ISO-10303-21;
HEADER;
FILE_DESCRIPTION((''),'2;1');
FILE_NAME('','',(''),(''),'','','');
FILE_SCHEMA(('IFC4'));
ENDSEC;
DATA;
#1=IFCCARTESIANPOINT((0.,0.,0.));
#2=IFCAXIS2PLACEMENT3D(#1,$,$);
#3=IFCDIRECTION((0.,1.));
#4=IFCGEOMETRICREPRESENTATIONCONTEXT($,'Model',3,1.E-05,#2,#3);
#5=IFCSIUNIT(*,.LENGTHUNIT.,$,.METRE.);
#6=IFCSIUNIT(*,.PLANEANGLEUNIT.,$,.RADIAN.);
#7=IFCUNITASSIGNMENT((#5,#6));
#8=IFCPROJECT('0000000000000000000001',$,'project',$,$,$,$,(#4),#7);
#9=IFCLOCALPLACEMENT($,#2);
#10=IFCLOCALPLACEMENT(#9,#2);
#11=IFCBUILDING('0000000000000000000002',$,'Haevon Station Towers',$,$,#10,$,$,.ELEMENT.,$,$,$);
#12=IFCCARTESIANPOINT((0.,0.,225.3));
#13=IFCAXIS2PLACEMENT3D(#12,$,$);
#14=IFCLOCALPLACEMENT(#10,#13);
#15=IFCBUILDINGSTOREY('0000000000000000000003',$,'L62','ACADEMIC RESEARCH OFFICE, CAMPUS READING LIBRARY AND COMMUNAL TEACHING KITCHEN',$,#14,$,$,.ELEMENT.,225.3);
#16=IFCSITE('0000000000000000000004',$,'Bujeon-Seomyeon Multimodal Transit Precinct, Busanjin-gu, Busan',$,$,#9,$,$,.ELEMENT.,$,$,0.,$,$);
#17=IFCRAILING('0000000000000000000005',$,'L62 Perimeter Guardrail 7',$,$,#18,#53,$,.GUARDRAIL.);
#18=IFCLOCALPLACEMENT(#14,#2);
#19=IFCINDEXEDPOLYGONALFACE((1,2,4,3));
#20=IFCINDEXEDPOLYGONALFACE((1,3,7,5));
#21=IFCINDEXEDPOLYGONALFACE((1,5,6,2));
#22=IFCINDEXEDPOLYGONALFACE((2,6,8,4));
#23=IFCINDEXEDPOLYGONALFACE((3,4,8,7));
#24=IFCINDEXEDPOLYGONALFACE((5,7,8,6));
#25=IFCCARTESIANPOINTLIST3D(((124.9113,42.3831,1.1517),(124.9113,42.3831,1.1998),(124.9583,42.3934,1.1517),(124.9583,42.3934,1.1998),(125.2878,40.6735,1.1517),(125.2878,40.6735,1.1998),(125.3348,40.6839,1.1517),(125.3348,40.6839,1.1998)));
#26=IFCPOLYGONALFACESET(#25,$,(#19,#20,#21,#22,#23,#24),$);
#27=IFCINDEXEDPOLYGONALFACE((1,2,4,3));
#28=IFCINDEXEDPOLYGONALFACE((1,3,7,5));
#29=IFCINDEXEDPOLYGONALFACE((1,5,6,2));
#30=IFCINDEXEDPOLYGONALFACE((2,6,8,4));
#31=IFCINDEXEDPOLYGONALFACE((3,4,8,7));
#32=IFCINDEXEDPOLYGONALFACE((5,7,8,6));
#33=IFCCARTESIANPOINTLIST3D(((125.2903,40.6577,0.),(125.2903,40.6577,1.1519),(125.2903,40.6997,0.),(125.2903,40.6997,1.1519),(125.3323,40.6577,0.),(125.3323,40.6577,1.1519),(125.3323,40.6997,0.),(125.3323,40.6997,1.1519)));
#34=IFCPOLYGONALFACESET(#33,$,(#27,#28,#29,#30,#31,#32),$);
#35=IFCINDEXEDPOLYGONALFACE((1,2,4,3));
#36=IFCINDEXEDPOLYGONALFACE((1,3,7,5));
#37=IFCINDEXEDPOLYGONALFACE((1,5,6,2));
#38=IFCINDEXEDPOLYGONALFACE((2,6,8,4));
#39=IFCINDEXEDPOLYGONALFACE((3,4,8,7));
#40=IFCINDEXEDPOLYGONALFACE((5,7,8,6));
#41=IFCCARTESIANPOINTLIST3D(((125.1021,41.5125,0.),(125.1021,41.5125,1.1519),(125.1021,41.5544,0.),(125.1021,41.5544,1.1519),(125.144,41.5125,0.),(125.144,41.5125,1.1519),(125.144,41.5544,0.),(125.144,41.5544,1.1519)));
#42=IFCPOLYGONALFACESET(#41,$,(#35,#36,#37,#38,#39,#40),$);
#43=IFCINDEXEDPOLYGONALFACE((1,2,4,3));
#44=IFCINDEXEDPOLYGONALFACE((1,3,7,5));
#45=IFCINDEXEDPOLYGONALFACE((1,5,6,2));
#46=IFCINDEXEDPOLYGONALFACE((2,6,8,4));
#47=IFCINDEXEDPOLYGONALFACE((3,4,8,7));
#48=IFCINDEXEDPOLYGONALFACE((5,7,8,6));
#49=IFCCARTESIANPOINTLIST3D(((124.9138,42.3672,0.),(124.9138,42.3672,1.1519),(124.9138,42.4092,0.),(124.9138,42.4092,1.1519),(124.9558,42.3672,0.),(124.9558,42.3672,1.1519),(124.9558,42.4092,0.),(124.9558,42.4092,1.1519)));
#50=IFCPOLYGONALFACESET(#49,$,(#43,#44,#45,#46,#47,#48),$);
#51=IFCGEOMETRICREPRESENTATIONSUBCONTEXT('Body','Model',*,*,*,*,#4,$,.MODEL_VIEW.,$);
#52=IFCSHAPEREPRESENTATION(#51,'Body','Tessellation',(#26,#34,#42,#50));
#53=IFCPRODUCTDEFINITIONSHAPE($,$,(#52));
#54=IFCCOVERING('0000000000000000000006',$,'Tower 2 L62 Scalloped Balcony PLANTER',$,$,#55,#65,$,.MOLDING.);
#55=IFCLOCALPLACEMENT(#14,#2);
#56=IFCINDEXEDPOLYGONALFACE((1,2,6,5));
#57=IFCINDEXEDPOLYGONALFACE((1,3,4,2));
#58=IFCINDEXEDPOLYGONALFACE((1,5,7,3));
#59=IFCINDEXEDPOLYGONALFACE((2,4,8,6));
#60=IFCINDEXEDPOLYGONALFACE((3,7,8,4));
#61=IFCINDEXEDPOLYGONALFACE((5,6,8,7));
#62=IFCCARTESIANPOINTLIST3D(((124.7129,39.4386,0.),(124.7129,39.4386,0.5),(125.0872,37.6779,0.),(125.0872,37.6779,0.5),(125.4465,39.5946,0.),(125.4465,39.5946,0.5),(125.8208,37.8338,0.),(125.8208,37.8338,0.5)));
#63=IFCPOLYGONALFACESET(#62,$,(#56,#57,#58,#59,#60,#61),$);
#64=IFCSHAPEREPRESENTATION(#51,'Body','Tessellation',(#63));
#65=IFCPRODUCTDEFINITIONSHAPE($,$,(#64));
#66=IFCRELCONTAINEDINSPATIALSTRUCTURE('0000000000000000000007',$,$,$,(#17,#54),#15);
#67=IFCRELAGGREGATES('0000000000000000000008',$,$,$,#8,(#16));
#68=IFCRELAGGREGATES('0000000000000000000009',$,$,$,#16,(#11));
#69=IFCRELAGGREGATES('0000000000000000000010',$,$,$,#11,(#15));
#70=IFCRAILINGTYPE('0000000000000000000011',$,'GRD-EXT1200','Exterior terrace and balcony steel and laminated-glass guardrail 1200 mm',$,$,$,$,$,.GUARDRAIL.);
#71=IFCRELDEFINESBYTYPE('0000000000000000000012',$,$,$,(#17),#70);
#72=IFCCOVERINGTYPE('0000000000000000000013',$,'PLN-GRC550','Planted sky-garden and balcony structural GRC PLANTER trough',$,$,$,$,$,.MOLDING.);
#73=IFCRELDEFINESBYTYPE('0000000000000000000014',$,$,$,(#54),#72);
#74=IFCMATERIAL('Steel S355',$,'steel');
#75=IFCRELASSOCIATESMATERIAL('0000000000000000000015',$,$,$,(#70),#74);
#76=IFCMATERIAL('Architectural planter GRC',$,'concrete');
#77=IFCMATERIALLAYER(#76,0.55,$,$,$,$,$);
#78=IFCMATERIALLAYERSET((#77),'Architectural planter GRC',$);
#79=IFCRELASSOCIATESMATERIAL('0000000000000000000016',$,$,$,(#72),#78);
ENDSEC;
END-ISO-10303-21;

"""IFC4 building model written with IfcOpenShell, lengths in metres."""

from ifc_helpers import new_model, si_unit, direction, frame, origin, origin_2d, place, context, subcontext, project, spatial, rectangle, extrude, material, layer, layer_set, type_object, element, save


model = new_model("IFC4")

# Units and contexts
model_context = context("Model", 3, precision=1e-05, world=origin(), true_north=direction((0.0, 1.0)))
body_context = subcontext(model_context, "Body", "Model", "MODEL_VIEW")
ifc_project = project(units=[si_unit("LENGTHUNIT", "METRE"), si_unit("PLANEANGLEUNIT", "RADIAN")], contexts=[model_context])

# Site, building, storey
site_placement = place(None, origin())
site = spatial("IfcSite", under=ifc_project, at=site_placement, Name="Bujeon-Seomyeon Multimodal Transit Precinct, Busanjin-gu, Busan", CompositionType="ELEMENT", RefElevation=0.0)
building_placement = place(site_placement, origin())
building = spatial("IfcBuilding", under=site, at=building_placement, Name="Haevon Station Towers", CompositionType="ELEMENT")
storey_placement = place(building_placement, frame((0.0, 0.0, 225.3)))
storey = spatial("IfcBuildingStorey", under=building, at=storey_placement, Name="L62", Description="ACADEMIC RESEARCH OFFICE, CAMPUS READING LIBRARY AND COMMUNAL TEACHING KITCHEN", CompositionType="ELEMENT", Elevation=225.3)

# Shared definitions
ifc_material_1 = material(Name="Steel S355", Category="steel")

# Railing
railing_type = type_object("IfcRailingType", Name="GRD-EXT1200", Description="Exterior terrace and balcony steel and laminated-glass guardrail 1200 mm", PredefinedType="GUARDRAIL", material=ifc_material_1)
railing_1_placement = place(storey_placement, frame((125.3113, 40.6787, 0.0)))
element("IfcRailing", 1, at=railing_1_placement, inside=storey, type_object=railing_type, Name="L62 Perimeter Guardrail 7", PredefinedType="GUARDRAIL", context=body_context, shape_type="SweptSolid", body=[
    extrude(rectangle(XDim=0.0481, YDim=0.0481, at=origin_2d()), frame((0.0, 0.0, 1.1758), z_axis=(-0.215069, 0.976599, 0.0), x_axis=(-0.976599, -0.215069, 0.0)), (0.0, 0.0, 1.0), 1.7505),
    extrude(rectangle(XDim=0.042, YDim=0.042, at=origin_2d()), origin(), (0.0, 0.0, 1.0), 1.1519),
    extrude(rectangle(XDim=0.042, YDim=0.042, at=origin_2d()), frame((-0.1882, 0.8547, 0.0)), (0.0, 0.0, 1.0), 1.1519),
    extrude(rectangle(XDim=0.042, YDim=0.042, at=origin_2d()), frame((-0.3765, 1.7095, 0.0)), (0.0, 0.0, 1.0), 1.1519),
])

# Covering
ifc_material_2 = material(Name="Architectural planter GRC", Category="concrete")
ifc_layer_1 = layer(ifc_material_2, 0.55)
ifc_layer_set_1 = layer_set([ifc_layer_1], Name="Architectural planter GRC")
covering_type = type_object("IfcCoveringType", Name="PLN-GRC550", Description="Planted sky-garden and balcony structural GRC PLANTER trough", PredefinedType="MOLDING", material=ifc_layer_set_1)
covering_placement = place(storey_placement, frame((125.2668, 38.6362, 0.0), z_axis=(0.0, 0.0, 1.0), x_axis=(0.978148, 0.207912, 0.0)))
element("IfcCovering", 2, at=covering_placement, inside=storey, type_object=covering_type, Name="Tower 2 L62 Scalloped Balcony PLANTER", PredefinedType="MOLDING", context=body_context, shape_type="SweptSolid", body=[
    extrude(rectangle(XDim=0.75, YDim=1.8, at=origin_2d()), origin(), (0.0, 0.0, 1.0), 0.5),
])

save(model, "model.ifc")
